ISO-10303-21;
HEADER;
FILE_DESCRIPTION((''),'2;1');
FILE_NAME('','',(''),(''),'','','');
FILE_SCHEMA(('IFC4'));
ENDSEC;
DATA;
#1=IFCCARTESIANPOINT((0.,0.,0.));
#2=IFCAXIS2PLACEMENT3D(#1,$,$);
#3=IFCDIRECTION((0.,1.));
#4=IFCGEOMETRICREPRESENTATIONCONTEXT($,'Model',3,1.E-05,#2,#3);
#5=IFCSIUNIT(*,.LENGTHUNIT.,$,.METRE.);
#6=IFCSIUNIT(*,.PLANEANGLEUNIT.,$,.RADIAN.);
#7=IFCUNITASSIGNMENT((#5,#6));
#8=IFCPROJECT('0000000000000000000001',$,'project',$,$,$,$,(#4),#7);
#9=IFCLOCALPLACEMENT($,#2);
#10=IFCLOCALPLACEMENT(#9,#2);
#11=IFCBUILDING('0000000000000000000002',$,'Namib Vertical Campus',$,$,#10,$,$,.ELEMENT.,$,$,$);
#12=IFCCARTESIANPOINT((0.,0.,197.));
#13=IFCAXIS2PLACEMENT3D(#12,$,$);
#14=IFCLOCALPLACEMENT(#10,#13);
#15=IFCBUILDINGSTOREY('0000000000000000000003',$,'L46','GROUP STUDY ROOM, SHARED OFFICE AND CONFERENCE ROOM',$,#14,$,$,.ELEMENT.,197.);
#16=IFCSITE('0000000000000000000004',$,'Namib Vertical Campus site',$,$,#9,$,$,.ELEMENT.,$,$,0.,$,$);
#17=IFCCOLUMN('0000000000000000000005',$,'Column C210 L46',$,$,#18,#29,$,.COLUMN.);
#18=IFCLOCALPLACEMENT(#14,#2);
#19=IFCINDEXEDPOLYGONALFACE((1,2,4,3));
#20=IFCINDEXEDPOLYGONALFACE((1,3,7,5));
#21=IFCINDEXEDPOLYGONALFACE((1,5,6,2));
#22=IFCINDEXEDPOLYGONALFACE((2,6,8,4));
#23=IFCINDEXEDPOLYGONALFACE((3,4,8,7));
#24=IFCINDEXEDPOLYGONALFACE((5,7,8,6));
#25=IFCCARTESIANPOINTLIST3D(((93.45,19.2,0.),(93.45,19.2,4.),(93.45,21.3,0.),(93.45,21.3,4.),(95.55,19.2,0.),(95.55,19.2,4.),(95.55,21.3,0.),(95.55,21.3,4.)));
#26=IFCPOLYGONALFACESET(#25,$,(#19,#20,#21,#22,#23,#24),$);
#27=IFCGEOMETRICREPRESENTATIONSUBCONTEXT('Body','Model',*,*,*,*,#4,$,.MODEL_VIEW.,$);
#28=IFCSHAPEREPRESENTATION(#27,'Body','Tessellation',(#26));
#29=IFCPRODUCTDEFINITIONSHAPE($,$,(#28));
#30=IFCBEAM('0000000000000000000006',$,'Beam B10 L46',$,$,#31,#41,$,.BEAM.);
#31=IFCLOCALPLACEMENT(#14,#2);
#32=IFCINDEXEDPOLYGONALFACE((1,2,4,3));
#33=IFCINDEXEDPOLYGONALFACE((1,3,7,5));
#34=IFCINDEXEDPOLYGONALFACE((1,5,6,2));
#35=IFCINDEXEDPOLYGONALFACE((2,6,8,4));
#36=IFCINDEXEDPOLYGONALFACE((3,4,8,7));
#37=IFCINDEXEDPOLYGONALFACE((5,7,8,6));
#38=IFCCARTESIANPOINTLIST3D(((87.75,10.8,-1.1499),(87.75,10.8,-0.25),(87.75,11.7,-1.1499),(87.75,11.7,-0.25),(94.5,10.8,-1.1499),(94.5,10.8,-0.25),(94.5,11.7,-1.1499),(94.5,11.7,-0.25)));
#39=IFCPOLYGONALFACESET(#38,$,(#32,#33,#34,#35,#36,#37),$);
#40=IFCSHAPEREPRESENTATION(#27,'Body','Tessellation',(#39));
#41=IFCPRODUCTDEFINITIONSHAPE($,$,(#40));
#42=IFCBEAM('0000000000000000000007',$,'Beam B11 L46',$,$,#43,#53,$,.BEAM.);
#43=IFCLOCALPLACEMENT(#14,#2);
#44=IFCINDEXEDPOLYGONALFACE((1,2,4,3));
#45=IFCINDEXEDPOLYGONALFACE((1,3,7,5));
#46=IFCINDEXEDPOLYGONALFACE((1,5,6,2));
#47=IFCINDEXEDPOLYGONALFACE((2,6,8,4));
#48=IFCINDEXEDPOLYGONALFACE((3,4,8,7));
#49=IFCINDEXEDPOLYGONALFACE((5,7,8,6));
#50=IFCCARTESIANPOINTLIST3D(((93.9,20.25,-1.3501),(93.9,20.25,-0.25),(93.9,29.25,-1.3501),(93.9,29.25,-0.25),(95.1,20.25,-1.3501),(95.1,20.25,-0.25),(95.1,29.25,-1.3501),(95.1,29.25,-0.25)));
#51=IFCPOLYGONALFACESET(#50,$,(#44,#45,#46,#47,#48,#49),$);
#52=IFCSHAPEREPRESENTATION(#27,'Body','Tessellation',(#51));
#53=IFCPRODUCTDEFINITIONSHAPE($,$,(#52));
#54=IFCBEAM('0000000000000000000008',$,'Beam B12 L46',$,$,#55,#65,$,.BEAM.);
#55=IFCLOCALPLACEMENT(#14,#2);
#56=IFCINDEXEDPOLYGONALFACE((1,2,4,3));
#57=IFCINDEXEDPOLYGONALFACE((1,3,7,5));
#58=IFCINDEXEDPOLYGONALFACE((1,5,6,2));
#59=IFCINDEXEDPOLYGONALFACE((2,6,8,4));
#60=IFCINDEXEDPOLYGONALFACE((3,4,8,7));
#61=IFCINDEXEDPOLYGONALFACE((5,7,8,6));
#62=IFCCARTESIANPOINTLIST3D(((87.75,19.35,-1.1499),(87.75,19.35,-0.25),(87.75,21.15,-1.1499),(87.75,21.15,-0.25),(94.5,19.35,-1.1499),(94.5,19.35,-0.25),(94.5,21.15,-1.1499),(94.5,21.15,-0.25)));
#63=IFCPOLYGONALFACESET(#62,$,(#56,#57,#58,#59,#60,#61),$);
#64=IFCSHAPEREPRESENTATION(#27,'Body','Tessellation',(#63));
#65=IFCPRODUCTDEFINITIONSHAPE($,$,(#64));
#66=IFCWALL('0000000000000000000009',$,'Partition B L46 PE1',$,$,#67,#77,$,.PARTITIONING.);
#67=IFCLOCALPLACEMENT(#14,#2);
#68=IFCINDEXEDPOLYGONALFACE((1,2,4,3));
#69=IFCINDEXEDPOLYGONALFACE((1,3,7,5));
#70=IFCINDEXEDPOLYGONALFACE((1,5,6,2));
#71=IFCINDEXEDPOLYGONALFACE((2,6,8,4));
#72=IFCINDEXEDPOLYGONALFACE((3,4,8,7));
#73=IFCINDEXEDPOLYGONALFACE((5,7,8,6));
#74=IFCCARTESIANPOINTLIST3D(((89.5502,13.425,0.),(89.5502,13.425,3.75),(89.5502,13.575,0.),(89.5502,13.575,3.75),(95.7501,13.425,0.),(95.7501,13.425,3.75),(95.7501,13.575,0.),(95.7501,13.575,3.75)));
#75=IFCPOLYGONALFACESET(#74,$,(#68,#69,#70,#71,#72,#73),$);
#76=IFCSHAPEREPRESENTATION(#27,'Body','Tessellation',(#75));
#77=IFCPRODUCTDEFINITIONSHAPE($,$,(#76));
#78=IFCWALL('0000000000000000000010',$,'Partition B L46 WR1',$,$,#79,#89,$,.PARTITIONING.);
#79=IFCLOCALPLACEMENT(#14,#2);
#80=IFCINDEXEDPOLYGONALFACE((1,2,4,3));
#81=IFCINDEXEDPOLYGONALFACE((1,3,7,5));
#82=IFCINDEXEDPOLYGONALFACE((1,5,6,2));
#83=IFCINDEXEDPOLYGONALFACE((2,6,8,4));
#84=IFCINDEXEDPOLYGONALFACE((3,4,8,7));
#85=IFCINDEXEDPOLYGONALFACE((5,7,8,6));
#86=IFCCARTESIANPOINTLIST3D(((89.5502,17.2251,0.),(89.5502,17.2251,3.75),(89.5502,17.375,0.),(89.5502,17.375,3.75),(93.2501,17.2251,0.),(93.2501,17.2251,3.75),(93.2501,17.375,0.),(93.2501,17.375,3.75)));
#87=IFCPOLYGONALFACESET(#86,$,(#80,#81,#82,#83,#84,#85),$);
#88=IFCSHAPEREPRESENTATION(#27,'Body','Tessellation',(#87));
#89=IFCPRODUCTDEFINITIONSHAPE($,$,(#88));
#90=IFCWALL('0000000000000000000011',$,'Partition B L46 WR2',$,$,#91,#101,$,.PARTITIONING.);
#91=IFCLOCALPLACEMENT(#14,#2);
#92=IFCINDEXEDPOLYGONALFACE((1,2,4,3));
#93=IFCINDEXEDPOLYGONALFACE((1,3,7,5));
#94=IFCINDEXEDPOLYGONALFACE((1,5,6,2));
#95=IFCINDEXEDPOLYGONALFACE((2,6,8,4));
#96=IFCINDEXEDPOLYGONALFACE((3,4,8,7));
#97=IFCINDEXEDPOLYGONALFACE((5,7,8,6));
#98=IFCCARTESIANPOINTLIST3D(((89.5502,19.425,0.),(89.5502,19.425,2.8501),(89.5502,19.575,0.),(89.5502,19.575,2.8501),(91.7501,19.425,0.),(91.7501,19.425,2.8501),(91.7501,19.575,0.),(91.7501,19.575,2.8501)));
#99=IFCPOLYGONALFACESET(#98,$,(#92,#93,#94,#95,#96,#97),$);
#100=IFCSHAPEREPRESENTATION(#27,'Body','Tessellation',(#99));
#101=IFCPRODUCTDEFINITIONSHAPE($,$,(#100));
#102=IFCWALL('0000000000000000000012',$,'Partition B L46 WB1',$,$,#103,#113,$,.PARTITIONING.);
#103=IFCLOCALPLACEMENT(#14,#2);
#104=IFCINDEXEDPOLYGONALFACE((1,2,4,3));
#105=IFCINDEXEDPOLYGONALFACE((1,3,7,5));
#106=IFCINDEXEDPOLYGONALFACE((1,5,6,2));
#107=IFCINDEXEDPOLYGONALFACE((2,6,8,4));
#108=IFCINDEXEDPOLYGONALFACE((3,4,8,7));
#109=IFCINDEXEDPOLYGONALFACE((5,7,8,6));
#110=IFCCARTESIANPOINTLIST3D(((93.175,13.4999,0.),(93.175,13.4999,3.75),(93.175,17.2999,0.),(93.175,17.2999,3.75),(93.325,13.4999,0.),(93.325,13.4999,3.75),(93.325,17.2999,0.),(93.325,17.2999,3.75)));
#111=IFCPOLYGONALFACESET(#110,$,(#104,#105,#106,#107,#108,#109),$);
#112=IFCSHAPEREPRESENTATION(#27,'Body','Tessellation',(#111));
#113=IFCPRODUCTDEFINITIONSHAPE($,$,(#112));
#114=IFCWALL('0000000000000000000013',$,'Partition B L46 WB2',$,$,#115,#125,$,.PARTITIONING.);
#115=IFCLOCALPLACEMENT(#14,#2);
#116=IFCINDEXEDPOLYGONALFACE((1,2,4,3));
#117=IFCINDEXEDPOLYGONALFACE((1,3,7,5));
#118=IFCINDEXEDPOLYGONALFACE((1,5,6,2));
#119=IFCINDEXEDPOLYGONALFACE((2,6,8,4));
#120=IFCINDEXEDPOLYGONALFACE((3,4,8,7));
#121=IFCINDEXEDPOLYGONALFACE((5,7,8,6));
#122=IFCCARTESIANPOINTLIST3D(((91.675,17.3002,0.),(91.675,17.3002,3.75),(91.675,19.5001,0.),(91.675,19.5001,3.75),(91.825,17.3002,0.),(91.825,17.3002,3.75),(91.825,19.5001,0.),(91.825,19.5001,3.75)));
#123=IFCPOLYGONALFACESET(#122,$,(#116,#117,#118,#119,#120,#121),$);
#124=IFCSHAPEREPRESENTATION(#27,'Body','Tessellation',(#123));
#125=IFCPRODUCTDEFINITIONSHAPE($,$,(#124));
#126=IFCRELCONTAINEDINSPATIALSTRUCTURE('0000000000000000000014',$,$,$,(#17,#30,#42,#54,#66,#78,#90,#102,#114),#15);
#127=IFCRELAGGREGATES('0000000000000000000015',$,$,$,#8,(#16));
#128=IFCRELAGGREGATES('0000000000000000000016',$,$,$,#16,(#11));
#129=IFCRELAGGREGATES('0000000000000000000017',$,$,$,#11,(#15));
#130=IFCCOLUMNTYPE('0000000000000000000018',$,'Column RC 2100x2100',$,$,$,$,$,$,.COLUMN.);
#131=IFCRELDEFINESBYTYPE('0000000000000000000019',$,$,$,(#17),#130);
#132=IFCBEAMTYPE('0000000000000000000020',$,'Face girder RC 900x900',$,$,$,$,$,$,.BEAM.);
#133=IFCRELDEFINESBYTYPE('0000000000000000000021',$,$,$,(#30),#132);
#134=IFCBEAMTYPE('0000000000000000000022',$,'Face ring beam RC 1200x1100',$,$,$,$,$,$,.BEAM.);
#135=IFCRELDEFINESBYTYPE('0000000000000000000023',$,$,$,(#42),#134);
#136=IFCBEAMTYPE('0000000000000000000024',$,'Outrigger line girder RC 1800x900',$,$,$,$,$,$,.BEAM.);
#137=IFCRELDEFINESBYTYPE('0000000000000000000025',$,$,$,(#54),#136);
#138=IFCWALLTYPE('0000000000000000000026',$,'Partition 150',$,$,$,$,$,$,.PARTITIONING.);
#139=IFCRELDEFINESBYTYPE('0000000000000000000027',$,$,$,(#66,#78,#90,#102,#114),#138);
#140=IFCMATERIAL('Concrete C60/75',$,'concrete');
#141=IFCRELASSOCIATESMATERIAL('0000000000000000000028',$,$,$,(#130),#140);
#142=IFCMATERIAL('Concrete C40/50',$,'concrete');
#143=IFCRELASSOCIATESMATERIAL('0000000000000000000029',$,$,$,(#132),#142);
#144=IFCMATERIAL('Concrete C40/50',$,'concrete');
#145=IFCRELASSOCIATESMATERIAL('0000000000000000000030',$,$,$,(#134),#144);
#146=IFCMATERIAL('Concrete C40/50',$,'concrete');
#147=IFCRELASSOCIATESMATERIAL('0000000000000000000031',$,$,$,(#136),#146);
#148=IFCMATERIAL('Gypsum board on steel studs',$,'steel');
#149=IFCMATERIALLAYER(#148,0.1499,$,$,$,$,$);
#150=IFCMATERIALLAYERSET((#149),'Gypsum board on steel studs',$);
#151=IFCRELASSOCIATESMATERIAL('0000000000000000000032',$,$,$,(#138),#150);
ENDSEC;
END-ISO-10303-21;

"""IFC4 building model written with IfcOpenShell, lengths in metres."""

from ifc_helpers import new_model, si_unit, direction, frame, frame_2d, origin, origin_2d, place, context, subcontext, project, spatial, rectangle, extrude, material, layer, layer_set, material_profile, profile_set, type_object, element, save


model = new_model("IFC4")

# Units and contexts
model_context = context("Model", 3, precision=1e-05, world=origin(), true_north=direction((0.0, 1.0)))
body_context = subcontext(model_context, "Body", "Model", "MODEL_VIEW")
ifc_project = project(units=[si_unit("LENGTHUNIT", "METRE"), si_unit("PLANEANGLEUNIT", "RADIAN")], contexts=[model_context])

# Site, building, storey
site_placement = place(None, origin())
site = spatial("IfcSite", under=ifc_project, at=site_placement, Name="Namib Vertical Campus site", CompositionType="ELEMENT", RefElevation=0.0)
building_placement = place(site_placement, origin())
building = spatial("IfcBuilding", under=site, at=building_placement, Name="Namib Vertical Campus", CompositionType="ELEMENT")
storey_placement = place(building_placement, frame((0.0, 0.0, 197.0)))
storey = spatial("IfcBuildingStorey", under=building, at=storey_placement, Name="L46", Description="GROUP STUDY ROOM, SHARED OFFICE AND CONFERENCE ROOM", CompositionType="ELEMENT", Elevation=197.0)

# Column
ifc_material_1 = material(Name="Concrete C60/75", Category="concrete")
ifc_material_profile_1 = material_profile(ifc_material_1, rectangle(XDim=2.1001, YDim=2.1001, at=origin_2d()))
ifc_profile_set_1 = profile_set([ifc_material_profile_1], Name="Concrete C60/75")
column_type = type_object("IfcColumnType", Name="Column RC 2100x2100", PredefinedType="COLUMN", material=ifc_profile_set_1)
column_placement = place(storey_placement, frame((94.5, 20.25, 0.0), z_axis=(0.0, 0.0, 1.0), x_axis=(1.0, 0.0, 0.0)))
element("IfcColumn", 1, at=column_placement, inside=storey, type_object=column_type, Name="Column C210 L46", PredefinedType="COLUMN", context=body_context, shape_type="SweptSolid", body=[
    extrude(rectangle(XDim=2.1001, YDim=2.1001, at=origin_2d()), origin(), (0.0, 0.0, 1.0), 4.0),
])

# Beams
ifc_material_2 = material(Name="Concrete C40/50", Category="concrete")
ifc_material_profile_2 = material_profile(ifc_material_2, rectangle(XDim=0.8999, YDim=0.8999, at=origin_2d()))
ifc_profile_set_2 = profile_set([ifc_material_profile_2], Name="Concrete C40/50")
beam_type_1 = type_object("IfcBeamType", Name="Face girder RC 900x900", PredefinedType="BEAM", material=ifc_profile_set_2)
beam_1_placement = place(storey_placement, frame((94.5, 11.25, -0.7), z_axis=(-1.0, 0.0, 0.0), x_axis=(0.0, -1.0, 0.0)))
element("IfcBeam", 2, at=beam_1_placement, inside=storey, type_object=beam_type_1, Name="Beam B10 L46", PredefinedType="BEAM", context=body_context, shape_type="SweptSolid", body=[
    extrude(rectangle(XDim=0.8999, YDim=0.8999, at=origin_2d()), origin(), (0.0, 0.0, 1.0), 6.75),
])
ifc_material_3 = material(Name="Concrete C40/50", Category="concrete")
ifc_material_profile_3 = material_profile(ifc_material_3, rectangle(XDim=1.2, YDim=1.1001, at=origin_2d()))
ifc_profile_set_3 = profile_set([ifc_material_profile_3], Name="Concrete C40/50")
beam_type_2 = type_object("IfcBeamType", Name="Face ring beam RC 1200x1100", PredefinedType="BEAM", material=ifc_profile_set_3)
beam_2_placement = place(storey_placement, frame((94.5, 20.25, -0.8), z_axis=(0.0, 1.0, 0.0), x_axis=(-1.0, 0.0, 0.0)))
element("IfcBeam", 3, at=beam_2_placement, inside=storey, type_object=beam_type_2, Name="Beam B11 L46", PredefinedType="BEAM", context=body_context, shape_type="SweptSolid", body=[
    extrude(rectangle(XDim=1.2, YDim=1.1001, at=origin_2d()), origin(), (0.0, 0.0, 1.0), 9.0),
])
ifc_material_4 = material(Name="Concrete C40/50", Category="concrete")
ifc_material_profile_4 = material_profile(ifc_material_4, rectangle(XDim=1.8, YDim=0.8999, at=origin_2d()))
ifc_profile_set_4 = profile_set([ifc_material_profile_4], Name="Concrete C40/50")
beam_type_3 = type_object("IfcBeamType", Name="Outrigger line girder RC 1800x900", PredefinedType="BEAM", material=ifc_profile_set_4)
beam_3_placement = place(storey_placement, frame((94.5, 20.25, -0.7), z_axis=(-1.0, 0.0, 0.0), x_axis=(0.0, -1.0, 0.0)))
element("IfcBeam", 4, at=beam_3_placement, inside=storey, type_object=beam_type_3, Name="Beam B12 L46", PredefinedType="BEAM", context=body_context, shape_type="SweptSolid", body=[
    extrude(rectangle(XDim=1.8, YDim=0.8999, at=origin_2d()), origin(), (0.0, 0.0, 1.0), 6.75),
])

# Walls
ifc_material_5 = material(Name="Gypsum board on steel studs", Category="steel")
ifc_layer = layer(ifc_material_5, 0.1499)
ifc_layer_set = layer_set([ifc_layer], Name="Gypsum board on steel studs")
wall_type = type_object("IfcWallType", Name="Partition 150", PredefinedType="PARTITIONING", material=ifc_layer_set)
wall_1_placement = place(storey_placement, frame((89.55, 13.5, 0.0), z_axis=(0.0, 0.0, 1.0), x_axis=(1.0, 0.0, 0.0)))
element("IfcWall", 5, at=wall_1_placement, inside=storey, type_object=wall_type, Name="Partition B L46 PE1", PredefinedType="PARTITIONING", context=body_context, shape_type="SweptSolid", body=[
    extrude(rectangle(XDim=6.2, YDim=0.1499, at=frame_2d((3.1001, 0.0))), origin(), (0.0, 0.0, 1.0), 3.75),
])
wall_2_placement = place(storey_placement, frame((89.55, 17.3, 0.0), z_axis=(0.0, 0.0, 1.0), x_axis=(1.0, 0.0, 0.0)))
element("IfcWall", 6, at=wall_2_placement, inside=storey, type_object=wall_type, Name="Partition B L46 WR1", PredefinedType="PARTITIONING", context=body_context, shape_type="SweptSolid", body=[
    extrude(rectangle(XDim=3.7, YDim=0.1499, at=frame_2d((1.8501, 0.0))), origin(), (0.0, 0.0, 1.0), 3.75),
])
wall_3_placement = place(storey_placement, frame((89.55, 19.5, 0.0), z_axis=(0.0, 0.0, 1.0), x_axis=(1.0, 0.0, 0.0)))
element("IfcWall", 7, at=wall_3_placement, inside=storey, type_object=wall_type, Name="Partition B L46 WR2", PredefinedType="PARTITIONING", context=body_context, shape_type="SweptSolid", body=[
    extrude(rectangle(XDim=2.2, YDim=0.1499, at=frame_2d((1.1001, 0.0))), origin(), (0.0, 0.0, 1.0), 2.8501),
])
wall_4_placement = place(storey_placement, frame((93.25, 13.5, 0.0), z_axis=(0.0, 0.0, 1.0), x_axis=(0.0, 1.0, 0.0)))
element("IfcWall", 8, at=wall_4_placement, inside=storey, type_object=wall_type, Name="Partition B L46 WB1", PredefinedType="PARTITIONING", context=body_context, shape_type="SweptSolid", body=[
    extrude(rectangle(XDim=3.8, YDim=0.1499, at=frame_2d((1.8999, 0.0))), origin(), (0.0, 0.0, 1.0), 3.75),
])
wall_5_placement = place(storey_placement, frame((91.75, 17.3, 0.0), z_axis=(0.0, 0.0, 1.0), x_axis=(0.0, 1.0, 0.0)))
element("IfcWall", 9, at=wall_5_placement, inside=storey, type_object=wall_type, Name="Partition B L46 WB2", PredefinedType="PARTITIONING", context=body_context, shape_type="SweptSolid", body=[
    extrude(rectangle(XDim=2.2, YDim=0.1499, at=frame_2d((1.1001, 0.0))), origin(), (0.0, 0.0, 1.0), 3.75),
])

save(model, "model.ifc")
